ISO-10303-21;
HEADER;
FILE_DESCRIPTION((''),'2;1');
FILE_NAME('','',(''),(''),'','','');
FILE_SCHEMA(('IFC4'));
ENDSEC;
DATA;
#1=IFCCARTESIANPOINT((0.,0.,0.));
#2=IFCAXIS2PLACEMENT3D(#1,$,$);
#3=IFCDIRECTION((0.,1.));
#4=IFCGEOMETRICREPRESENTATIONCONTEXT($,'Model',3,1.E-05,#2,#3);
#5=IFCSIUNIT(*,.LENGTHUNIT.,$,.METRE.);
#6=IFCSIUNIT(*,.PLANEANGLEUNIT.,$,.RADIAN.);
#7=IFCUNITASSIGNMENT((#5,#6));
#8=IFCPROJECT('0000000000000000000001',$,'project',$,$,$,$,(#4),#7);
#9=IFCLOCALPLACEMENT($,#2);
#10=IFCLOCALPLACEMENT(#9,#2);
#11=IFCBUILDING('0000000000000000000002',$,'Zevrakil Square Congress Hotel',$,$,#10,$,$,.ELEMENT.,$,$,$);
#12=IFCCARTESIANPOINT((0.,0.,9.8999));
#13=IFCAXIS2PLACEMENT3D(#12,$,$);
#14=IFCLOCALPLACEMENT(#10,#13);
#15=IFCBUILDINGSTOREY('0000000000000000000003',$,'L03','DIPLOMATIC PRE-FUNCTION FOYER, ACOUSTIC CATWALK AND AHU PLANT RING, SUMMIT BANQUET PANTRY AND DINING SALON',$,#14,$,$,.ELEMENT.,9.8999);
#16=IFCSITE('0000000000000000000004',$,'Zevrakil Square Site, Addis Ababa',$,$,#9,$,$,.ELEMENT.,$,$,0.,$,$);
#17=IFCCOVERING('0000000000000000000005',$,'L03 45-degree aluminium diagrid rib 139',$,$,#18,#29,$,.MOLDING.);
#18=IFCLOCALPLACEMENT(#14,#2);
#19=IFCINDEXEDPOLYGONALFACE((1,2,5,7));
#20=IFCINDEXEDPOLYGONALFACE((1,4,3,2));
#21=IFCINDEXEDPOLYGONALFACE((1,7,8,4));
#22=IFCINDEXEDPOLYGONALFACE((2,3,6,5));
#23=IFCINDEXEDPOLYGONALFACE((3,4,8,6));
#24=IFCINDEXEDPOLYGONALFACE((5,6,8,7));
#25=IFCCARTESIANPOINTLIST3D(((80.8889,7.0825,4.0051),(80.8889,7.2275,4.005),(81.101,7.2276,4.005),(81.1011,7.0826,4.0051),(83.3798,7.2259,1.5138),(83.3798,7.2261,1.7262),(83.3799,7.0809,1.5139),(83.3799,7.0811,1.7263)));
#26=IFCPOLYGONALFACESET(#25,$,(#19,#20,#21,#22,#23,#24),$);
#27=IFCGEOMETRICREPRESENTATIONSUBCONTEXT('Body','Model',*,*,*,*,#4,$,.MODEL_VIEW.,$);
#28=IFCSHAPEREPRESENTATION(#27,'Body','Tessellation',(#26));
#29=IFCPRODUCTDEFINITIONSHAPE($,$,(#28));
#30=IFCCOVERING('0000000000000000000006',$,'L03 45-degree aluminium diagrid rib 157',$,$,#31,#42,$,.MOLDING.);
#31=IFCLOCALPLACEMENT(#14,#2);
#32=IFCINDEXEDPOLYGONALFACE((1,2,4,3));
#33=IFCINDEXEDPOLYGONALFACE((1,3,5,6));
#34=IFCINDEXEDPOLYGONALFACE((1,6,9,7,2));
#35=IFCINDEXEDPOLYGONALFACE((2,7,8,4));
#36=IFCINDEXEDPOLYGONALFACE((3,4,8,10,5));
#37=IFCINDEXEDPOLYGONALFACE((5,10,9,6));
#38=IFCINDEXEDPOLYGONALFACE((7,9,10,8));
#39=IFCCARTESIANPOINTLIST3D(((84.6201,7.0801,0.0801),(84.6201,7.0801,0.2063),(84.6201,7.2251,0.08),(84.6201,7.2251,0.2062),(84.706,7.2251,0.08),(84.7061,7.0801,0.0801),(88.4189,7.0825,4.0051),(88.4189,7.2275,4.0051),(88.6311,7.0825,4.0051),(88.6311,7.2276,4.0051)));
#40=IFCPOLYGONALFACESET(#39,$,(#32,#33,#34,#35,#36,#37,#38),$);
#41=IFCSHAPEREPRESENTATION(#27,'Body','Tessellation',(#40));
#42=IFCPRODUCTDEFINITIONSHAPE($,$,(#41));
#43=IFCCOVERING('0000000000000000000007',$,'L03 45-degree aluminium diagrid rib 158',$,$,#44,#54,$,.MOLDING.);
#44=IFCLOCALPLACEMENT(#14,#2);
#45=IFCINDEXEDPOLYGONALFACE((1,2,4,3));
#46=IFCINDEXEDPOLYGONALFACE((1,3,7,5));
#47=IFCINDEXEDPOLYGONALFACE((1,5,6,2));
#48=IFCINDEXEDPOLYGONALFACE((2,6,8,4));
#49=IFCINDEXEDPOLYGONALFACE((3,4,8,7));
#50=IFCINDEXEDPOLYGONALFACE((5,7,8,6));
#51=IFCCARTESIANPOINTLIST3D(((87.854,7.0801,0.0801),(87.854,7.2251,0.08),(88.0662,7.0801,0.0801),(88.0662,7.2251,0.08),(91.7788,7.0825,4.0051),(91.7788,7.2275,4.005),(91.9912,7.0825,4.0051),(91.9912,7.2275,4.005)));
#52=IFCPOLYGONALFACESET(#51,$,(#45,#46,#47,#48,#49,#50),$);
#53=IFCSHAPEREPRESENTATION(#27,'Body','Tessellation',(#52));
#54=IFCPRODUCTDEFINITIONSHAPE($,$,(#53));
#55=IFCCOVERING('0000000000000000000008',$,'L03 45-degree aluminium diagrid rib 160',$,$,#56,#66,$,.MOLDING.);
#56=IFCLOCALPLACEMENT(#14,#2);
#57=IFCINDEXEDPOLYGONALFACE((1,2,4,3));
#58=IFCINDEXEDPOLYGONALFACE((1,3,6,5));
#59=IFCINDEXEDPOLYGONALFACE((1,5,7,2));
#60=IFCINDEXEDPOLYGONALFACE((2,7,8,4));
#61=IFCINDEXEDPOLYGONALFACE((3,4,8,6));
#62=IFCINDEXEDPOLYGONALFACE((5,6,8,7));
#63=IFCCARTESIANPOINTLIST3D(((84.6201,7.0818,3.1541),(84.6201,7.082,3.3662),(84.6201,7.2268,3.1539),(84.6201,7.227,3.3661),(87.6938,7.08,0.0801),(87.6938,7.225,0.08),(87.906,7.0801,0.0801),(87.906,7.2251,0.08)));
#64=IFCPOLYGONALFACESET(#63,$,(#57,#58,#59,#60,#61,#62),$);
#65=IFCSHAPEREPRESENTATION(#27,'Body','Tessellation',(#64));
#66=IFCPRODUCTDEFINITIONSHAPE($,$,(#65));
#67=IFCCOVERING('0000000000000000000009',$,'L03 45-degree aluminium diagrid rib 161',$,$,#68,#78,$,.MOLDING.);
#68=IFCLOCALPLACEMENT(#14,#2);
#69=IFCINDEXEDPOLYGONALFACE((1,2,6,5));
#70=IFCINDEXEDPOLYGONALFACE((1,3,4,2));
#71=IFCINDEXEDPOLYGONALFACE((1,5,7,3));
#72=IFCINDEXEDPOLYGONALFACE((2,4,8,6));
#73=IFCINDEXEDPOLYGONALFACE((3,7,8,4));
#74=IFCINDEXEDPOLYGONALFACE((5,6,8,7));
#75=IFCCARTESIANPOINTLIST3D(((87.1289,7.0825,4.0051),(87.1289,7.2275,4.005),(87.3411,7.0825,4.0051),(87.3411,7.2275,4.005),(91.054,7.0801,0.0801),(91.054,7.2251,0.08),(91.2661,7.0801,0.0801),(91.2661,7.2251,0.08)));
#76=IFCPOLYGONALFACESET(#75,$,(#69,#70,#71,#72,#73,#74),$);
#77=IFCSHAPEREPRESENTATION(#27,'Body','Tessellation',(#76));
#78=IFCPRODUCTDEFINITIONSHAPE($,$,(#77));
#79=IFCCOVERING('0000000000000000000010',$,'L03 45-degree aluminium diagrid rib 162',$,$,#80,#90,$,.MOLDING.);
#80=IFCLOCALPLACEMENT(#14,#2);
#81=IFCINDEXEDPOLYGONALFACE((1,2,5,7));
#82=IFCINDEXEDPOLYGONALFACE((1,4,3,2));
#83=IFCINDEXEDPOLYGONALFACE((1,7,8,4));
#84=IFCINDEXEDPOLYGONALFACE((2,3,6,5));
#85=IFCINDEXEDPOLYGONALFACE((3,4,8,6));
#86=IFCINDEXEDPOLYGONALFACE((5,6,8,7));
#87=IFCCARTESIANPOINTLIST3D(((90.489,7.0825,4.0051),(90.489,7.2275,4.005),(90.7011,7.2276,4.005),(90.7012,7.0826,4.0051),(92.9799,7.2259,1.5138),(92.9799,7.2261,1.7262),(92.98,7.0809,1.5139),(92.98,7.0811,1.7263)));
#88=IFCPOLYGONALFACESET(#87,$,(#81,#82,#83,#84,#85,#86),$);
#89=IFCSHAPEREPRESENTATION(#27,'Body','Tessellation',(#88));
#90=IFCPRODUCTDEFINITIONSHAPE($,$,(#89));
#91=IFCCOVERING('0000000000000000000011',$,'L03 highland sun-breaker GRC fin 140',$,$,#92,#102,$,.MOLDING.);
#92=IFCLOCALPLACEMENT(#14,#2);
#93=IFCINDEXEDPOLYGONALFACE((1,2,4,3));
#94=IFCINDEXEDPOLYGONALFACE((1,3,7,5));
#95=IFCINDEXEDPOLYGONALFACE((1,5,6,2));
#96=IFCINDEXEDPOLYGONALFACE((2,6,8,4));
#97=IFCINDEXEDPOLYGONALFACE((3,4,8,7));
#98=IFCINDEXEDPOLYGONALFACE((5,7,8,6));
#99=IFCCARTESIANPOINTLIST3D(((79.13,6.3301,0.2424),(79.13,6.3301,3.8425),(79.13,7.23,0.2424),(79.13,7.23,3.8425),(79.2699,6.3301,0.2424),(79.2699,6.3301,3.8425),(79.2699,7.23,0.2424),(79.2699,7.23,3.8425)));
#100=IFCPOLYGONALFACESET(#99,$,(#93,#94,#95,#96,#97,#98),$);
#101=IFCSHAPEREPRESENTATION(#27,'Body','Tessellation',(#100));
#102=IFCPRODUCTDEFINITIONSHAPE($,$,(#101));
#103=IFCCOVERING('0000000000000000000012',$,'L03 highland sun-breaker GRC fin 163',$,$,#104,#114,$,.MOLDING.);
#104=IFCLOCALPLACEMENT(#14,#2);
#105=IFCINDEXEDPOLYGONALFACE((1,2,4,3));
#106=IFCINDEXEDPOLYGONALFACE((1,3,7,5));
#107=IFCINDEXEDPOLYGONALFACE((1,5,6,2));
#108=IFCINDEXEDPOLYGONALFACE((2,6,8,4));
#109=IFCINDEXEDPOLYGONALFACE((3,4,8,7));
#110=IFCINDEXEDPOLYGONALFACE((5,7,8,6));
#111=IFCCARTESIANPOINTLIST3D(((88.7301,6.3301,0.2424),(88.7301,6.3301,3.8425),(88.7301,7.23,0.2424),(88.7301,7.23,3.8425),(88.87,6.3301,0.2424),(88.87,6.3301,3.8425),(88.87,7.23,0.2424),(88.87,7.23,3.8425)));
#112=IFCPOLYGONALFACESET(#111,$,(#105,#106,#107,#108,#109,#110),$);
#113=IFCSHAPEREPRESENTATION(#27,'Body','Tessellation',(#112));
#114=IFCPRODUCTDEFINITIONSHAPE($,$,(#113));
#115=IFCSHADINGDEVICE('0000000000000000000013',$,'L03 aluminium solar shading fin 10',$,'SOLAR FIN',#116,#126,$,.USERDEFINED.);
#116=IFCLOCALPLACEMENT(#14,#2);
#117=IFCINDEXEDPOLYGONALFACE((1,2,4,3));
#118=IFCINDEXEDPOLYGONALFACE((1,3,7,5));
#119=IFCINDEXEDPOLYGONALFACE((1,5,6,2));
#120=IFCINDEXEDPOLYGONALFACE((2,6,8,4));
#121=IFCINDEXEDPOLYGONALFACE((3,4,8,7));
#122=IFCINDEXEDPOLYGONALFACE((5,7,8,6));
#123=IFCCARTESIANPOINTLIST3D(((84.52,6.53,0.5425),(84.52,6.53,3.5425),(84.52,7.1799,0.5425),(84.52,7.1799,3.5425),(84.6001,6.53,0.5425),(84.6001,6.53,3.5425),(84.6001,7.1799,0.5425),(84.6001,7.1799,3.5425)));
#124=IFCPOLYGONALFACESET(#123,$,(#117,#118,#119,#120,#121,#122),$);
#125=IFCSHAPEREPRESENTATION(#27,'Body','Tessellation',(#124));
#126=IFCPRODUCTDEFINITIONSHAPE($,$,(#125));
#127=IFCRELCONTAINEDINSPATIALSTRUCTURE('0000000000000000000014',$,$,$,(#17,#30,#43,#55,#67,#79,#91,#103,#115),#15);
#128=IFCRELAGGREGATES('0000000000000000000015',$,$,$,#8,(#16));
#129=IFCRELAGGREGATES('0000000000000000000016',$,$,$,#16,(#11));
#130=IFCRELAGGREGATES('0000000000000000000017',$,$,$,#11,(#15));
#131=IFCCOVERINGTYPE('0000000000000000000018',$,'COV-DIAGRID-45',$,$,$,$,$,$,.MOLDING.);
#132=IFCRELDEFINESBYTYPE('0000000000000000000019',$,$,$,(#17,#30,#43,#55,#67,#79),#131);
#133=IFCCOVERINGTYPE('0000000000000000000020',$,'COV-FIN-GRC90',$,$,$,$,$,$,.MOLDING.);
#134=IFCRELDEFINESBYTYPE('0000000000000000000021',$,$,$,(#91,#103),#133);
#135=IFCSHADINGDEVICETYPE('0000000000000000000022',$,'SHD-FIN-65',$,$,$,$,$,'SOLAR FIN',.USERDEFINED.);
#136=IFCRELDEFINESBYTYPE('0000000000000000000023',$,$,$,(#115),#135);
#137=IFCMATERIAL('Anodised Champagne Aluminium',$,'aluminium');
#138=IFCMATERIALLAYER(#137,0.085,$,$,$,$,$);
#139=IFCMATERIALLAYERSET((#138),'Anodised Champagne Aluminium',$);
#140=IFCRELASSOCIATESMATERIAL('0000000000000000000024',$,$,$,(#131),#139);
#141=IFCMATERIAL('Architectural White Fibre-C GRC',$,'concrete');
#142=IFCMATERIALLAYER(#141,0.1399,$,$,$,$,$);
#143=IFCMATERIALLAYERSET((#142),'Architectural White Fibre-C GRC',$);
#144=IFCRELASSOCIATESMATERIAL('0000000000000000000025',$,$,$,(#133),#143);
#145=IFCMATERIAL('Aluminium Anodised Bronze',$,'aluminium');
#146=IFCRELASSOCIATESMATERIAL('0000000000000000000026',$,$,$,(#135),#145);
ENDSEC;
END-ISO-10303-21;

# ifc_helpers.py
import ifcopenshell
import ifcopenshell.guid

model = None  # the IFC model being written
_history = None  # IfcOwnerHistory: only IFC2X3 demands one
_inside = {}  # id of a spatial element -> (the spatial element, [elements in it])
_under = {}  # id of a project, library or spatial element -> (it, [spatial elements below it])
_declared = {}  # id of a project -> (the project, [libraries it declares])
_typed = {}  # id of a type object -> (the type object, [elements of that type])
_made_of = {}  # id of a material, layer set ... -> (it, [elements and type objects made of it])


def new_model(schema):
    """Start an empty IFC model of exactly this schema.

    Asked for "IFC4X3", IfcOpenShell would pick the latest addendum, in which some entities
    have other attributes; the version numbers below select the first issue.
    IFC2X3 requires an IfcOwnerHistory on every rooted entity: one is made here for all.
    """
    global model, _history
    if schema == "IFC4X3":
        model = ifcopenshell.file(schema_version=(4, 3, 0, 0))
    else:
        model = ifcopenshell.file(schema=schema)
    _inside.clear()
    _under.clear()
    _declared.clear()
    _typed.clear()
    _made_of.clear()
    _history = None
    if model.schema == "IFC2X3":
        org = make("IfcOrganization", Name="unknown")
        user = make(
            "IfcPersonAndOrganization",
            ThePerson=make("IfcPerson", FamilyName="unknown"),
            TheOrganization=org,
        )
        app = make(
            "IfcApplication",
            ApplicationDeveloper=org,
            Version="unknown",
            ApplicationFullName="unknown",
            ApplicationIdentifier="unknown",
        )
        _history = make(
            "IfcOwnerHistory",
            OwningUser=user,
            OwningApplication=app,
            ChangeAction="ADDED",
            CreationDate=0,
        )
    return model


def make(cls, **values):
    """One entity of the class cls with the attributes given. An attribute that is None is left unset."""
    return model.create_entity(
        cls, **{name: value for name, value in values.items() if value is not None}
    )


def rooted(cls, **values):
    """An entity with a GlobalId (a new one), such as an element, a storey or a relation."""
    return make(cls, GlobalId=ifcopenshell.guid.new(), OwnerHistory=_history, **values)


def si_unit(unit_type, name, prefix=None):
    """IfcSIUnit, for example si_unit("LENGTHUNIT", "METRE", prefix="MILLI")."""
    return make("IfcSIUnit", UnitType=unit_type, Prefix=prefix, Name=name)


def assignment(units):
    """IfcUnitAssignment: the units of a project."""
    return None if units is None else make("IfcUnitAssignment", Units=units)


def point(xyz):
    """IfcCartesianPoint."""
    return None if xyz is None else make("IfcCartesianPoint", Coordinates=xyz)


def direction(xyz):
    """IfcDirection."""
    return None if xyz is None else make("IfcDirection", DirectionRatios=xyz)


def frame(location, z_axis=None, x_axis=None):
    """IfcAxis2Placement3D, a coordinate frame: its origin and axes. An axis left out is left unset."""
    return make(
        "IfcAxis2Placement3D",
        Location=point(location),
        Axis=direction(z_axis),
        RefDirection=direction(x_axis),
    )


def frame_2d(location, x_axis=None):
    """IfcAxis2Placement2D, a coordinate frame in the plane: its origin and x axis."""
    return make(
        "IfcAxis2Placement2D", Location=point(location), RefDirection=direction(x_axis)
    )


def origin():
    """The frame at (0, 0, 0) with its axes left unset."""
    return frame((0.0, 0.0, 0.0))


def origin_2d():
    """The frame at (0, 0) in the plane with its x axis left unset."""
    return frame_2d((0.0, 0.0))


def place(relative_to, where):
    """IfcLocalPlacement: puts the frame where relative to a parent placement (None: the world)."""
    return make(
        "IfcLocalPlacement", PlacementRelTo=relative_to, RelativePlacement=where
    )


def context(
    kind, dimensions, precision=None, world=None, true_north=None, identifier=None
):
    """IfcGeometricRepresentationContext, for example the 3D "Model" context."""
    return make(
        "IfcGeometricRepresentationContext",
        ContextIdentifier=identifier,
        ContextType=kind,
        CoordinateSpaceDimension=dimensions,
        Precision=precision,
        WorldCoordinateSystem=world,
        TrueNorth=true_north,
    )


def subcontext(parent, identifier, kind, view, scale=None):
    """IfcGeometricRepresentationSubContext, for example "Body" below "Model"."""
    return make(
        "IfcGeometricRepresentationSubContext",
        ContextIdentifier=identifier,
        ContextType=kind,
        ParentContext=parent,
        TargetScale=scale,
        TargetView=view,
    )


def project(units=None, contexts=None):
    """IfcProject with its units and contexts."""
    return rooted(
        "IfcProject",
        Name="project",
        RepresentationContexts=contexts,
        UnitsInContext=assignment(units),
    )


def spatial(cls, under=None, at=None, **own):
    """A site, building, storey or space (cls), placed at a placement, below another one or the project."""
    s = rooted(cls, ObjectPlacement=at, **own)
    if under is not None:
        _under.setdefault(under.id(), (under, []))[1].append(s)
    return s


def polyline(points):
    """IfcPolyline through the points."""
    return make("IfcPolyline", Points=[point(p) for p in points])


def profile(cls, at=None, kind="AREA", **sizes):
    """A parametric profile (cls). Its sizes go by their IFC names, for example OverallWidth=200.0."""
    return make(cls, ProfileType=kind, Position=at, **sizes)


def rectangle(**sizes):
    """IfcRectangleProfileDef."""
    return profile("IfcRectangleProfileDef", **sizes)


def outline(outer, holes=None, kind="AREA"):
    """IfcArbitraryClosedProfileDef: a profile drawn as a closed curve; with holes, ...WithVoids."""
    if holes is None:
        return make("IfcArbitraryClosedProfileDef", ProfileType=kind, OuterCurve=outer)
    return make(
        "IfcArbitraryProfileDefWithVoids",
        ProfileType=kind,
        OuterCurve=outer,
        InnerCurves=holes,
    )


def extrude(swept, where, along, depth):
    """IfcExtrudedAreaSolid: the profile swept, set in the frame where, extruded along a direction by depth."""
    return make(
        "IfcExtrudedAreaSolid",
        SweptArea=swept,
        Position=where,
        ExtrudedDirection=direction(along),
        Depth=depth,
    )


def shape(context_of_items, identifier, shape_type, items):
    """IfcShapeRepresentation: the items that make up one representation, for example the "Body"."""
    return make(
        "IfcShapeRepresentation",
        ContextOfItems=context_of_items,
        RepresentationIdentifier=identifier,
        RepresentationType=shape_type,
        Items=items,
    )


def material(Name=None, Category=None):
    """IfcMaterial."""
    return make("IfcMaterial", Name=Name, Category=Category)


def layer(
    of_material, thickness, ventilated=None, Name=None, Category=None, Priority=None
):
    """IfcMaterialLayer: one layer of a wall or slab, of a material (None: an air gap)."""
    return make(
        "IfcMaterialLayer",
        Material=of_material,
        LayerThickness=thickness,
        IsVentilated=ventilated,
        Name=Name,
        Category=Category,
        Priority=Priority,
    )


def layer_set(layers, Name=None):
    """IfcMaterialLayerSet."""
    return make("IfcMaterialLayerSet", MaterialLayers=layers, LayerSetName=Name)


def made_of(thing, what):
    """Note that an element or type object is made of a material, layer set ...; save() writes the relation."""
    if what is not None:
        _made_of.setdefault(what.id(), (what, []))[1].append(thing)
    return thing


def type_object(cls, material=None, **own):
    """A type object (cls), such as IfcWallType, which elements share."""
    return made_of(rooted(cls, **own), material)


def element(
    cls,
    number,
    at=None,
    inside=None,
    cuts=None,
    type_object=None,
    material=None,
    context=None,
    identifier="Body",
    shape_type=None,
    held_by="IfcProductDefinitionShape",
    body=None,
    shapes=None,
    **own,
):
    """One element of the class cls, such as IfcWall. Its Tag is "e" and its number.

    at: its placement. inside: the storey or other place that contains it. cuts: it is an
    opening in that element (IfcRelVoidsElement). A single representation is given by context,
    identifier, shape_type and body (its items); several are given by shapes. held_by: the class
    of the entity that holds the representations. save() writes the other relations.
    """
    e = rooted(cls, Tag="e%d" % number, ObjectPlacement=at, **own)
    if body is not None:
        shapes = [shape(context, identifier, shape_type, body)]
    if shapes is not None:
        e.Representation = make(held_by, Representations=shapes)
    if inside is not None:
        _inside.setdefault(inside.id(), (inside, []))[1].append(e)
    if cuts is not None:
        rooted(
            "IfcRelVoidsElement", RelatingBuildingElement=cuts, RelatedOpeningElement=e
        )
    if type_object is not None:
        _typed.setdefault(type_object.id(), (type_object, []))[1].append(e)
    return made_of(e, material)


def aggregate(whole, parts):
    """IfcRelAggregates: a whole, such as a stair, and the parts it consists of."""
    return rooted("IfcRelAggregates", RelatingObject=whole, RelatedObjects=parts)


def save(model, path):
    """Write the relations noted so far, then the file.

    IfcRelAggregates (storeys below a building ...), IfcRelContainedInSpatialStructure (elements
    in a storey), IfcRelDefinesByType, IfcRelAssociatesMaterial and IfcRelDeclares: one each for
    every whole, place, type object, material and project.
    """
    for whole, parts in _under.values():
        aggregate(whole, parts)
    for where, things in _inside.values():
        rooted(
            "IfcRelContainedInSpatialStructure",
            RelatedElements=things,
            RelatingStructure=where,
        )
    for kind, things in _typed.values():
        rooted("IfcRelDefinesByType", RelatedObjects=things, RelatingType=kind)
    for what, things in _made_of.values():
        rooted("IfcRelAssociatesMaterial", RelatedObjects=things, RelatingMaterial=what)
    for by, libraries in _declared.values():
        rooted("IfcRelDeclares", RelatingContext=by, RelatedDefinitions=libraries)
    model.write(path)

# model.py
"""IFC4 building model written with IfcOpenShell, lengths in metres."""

from ifc_helpers import new_model, si_unit, direction, frame, origin, origin_2d, place, context, subcontext, project, spatial, polyline, rectangle, outline, extrude, material, layer, layer_set, type_object, element, save


model = new_model("IFC4")

# Units and contexts
model_context = context("Model", 3, precision=1e-05, world=origin(), true_north=direction((0.0, 1.0)))
body_context = subcontext(model_context, "Body", "Model", "MODEL_VIEW")
ifc_project = project(units=[si_unit("LENGTHUNIT", "METRE"), si_unit("PLANEANGLEUNIT", "RADIAN")], contexts=[model_context])

# Site, building, storey
site_placement = place(None, origin())
site = spatial("IfcSite", under=ifc_project, at=site_placement, Name="Zevrakil Square Site, Addis Ababa", CompositionType="ELEMENT", RefElevation=0.0)
building_placement = place(site_placement, origin())
building = spatial("IfcBuilding", under=site, at=building_placement, Name="Zevrakil Square Congress Hotel", CompositionType="ELEMENT")
storey_placement = place(building_placement, frame((0.0, 0.0, 9.8999)))
storey = spatial("IfcBuildingStorey", under=building, at=storey_placement, Name="L03", Description="DIPLOMATIC PRE-FUNCTION FOYER, ACOUSTIC CATWALK AND AHU PLANT RING, SUMMIT BANQUET PANTRY AND DINING SALON", CompositionType="ELEMENT", Elevation=9.8999)

# Coverings
ifc_material_1 = material(Name="Anodised Champagne Aluminium", Category="aluminium")
ifc_layer_1 = layer(ifc_material_1, 0.085)
ifc_layer_set_1 = layer_set([ifc_layer_1], Name="Anodised Champagne Aluminium")
covering_type_1 = type_object("IfcCoveringType", Name="COV-DIAGRID-45", PredefinedType="MOLDING", material=ifc_layer_set_1)
covering_1_placement = place(storey_placement, frame((80.8889, 7.0825, 4.0051), z_axis=(0.000242, -1.0, 0.000908), x_axis=(1.0, 0.000242, 0.0)))
element("IfcCovering", 1, at=covering_1_placement, inside=storey, type_object=covering_type_1, Name="L03 45-degree aluminium diagrid rib 139", PredefinedType="MOLDING", context=body_context, shape_type="SweptSolid", body=[
    extrude(outline(polyline([(0.0, 0.0), (0.2122, 0.0), (2.491, -2.2788), (2.491, -2.4912), (0.0, 0.0)])), origin(), (0.0, 0.0, -1.0), 0.145),
])
covering_2_placement = place(storey_placement, frame((84.7061, 7.0801, 0.0801), z_axis=(0.000187, -1.0, 0.000441), x_axis=(-1.0, -0.000187, 0.0)))
element("IfcCovering", 2, at=covering_2_placement, inside=storey, type_object=covering_type_1, Name="L03 45-degree aluminium diagrid rib 157", PredefinedType="MOLDING", context=body_context, shape_type="SweptSolid", body=[
    extrude(outline(polyline([(0.0, 0.0), (0.0859, 0.0), (0.0859, -0.1262), (-3.7129, -3.925), (-3.925, -3.925), (0.0, 0.0)])), origin(), (0.0, 0.0, -1.0), 0.145),
])
covering_3_placement = place(storey_placement, frame((88.0662, 7.0801, 0.0801), z_axis=(0.0, -1.0, 0.000622), x_axis=(-1.0, 0.0, 0.0)))
element("IfcCovering", 3, at=covering_3_placement, inside=storey, type_object=covering_type_1, Name="L03 45-degree aluminium diagrid rib 158", PredefinedType="MOLDING", context=body_context, shape_type="SweptSolid", body=[
    extrude(outline(polyline([(0.0, 0.0), (0.2122, 0.0), (-3.7126, -3.925), (-3.925, -3.925), (0.0, 0.0)])), origin(), (0.0, 0.0, -1.0), 0.145),
])
covering_4_placement = place(storey_placement, frame((84.6201, 7.0818, 3.1541), z_axis=(0.000287, -1.0, 0.000863), x_axis=(0.0, 0.000863, 1.0)))
element("IfcCovering", 4, at=covering_4_placement, inside=storey, type_object=covering_type_1, Name="L03 45-degree aluminium diagrid rib 160", PredefinedType="MOLDING", context=body_context, shape_type="SweptSolid", body=[
    extrude(outline(polyline([(0.0, 0.0), (0.2122, 0.0), (-3.074, -3.2859), (-3.074, -3.0737), (0.0, 0.0)])), origin(), (0.0, 0.0, -1.0), 0.145),
])
covering_5_placement = place(storey_placement, frame((87.1289, 7.0825, 4.0051), z_axis=(0.0, -1.0, 0.000622), x_axis=(1.0, 0.0, 0.0)))
element("IfcCovering", 5, at=covering_5_placement, inside=storey, type_object=covering_type_1, Name="L03 45-degree aluminium diagrid rib 161", PredefinedType="MOLDING", context=body_context, shape_type="SweptSolid", body=[
    extrude(outline(polyline([(0.0, 0.0), (0.2122, 0.0), (4.1372, -3.925), (3.925, -3.925), (0.0, 0.0)])), origin(), (0.0, 0.0, -1.0), 0.145),
])
covering_6_placement = place(storey_placement, frame((90.489, 7.0825, 4.0051), z_axis=(0.000242, -1.0, 0.000908), x_axis=(1.0, 0.000242, 0.0)))
element("IfcCovering", 6, at=covering_6_placement, inside=storey, type_object=covering_type_1, Name="L03 45-degree aluminium diagrid rib 162", PredefinedType="MOLDING", context=body_context, shape_type="SweptSolid", body=[
    extrude(outline(polyline([(0.0, 0.0), (0.2122, 0.0), (2.491, -2.2788), (2.491, -2.4912), (0.0, 0.0)])), origin(), (0.0, 0.0, -1.0), 0.145),
])
ifc_material_2 = material(Name="Architectural White Fibre-C GRC", Category="concrete")
ifc_layer_2 = layer(ifc_material_2, 0.1399)
ifc_layer_set_2 = layer_set([ifc_layer_2], Name="Architectural White Fibre-C GRC")
covering_type_2 = type_object("IfcCoveringType", Name="COV-FIN-GRC90", PredefinedType="MOLDING", material=ifc_layer_set_2)
for number, where, z_axis, x_axis, name in (
    (7, (79.2, 6.78, 0.2424), (0.0, 0.0, 1.0), (0.0, -1.0, 0.0), "L03 highland sun-breaker GRC fin 140"),
    (8, (88.8, 6.78, 0.2424), (0.0, 0.0, 1.0), (0.0, -1.0, 0.0), "L03 highland sun-breaker GRC fin 163"),
):
    element("IfcCovering", number, at=place(storey_placement, frame(where, z_axis=z_axis, x_axis=x_axis)), inside=storey, type_object=covering_type_2, Name=name, PredefinedType="MOLDING", context=body_context, shape_type="SweptSolid", body=[
        extrude(rectangle(XDim=0.8999, YDim=0.1399, at=origin_2d()), origin(), (0.0, 0.0, 1.0), 3.6001),
    ])

# Shading device
ifc_material_3 = material(Name="Aluminium Anodised Bronze", Category="aluminium")
shading_device_type = type_object("IfcShadingDeviceType", Name="SHD-FIN-65", ElementType="SOLAR FIN", PredefinedType="USERDEFINED", material=ifc_material_3)
shading_device_placement = place(storey_placement, frame((84.5601, 6.855, 0.5425), z_axis=(0.0, 0.0, 1.0), x_axis=(0.0, -1.0, 0.0)))
element("IfcShadingDevice", 9, at=shading_device_placement, inside=storey, type_object=shading_device_type, Name="L03 aluminium solar shading fin 10", ObjectType="SOLAR FIN", PredefinedType="USERDEFINED", context=body_context, shape_type="SweptSolid", body=[
    extrude(rectangle(XDim=0.6499, YDim=0.0801, at=origin_2d()), origin(), (0.0, 0.0, 1.0), 3.0),
])

save(model, "model.ifc")
